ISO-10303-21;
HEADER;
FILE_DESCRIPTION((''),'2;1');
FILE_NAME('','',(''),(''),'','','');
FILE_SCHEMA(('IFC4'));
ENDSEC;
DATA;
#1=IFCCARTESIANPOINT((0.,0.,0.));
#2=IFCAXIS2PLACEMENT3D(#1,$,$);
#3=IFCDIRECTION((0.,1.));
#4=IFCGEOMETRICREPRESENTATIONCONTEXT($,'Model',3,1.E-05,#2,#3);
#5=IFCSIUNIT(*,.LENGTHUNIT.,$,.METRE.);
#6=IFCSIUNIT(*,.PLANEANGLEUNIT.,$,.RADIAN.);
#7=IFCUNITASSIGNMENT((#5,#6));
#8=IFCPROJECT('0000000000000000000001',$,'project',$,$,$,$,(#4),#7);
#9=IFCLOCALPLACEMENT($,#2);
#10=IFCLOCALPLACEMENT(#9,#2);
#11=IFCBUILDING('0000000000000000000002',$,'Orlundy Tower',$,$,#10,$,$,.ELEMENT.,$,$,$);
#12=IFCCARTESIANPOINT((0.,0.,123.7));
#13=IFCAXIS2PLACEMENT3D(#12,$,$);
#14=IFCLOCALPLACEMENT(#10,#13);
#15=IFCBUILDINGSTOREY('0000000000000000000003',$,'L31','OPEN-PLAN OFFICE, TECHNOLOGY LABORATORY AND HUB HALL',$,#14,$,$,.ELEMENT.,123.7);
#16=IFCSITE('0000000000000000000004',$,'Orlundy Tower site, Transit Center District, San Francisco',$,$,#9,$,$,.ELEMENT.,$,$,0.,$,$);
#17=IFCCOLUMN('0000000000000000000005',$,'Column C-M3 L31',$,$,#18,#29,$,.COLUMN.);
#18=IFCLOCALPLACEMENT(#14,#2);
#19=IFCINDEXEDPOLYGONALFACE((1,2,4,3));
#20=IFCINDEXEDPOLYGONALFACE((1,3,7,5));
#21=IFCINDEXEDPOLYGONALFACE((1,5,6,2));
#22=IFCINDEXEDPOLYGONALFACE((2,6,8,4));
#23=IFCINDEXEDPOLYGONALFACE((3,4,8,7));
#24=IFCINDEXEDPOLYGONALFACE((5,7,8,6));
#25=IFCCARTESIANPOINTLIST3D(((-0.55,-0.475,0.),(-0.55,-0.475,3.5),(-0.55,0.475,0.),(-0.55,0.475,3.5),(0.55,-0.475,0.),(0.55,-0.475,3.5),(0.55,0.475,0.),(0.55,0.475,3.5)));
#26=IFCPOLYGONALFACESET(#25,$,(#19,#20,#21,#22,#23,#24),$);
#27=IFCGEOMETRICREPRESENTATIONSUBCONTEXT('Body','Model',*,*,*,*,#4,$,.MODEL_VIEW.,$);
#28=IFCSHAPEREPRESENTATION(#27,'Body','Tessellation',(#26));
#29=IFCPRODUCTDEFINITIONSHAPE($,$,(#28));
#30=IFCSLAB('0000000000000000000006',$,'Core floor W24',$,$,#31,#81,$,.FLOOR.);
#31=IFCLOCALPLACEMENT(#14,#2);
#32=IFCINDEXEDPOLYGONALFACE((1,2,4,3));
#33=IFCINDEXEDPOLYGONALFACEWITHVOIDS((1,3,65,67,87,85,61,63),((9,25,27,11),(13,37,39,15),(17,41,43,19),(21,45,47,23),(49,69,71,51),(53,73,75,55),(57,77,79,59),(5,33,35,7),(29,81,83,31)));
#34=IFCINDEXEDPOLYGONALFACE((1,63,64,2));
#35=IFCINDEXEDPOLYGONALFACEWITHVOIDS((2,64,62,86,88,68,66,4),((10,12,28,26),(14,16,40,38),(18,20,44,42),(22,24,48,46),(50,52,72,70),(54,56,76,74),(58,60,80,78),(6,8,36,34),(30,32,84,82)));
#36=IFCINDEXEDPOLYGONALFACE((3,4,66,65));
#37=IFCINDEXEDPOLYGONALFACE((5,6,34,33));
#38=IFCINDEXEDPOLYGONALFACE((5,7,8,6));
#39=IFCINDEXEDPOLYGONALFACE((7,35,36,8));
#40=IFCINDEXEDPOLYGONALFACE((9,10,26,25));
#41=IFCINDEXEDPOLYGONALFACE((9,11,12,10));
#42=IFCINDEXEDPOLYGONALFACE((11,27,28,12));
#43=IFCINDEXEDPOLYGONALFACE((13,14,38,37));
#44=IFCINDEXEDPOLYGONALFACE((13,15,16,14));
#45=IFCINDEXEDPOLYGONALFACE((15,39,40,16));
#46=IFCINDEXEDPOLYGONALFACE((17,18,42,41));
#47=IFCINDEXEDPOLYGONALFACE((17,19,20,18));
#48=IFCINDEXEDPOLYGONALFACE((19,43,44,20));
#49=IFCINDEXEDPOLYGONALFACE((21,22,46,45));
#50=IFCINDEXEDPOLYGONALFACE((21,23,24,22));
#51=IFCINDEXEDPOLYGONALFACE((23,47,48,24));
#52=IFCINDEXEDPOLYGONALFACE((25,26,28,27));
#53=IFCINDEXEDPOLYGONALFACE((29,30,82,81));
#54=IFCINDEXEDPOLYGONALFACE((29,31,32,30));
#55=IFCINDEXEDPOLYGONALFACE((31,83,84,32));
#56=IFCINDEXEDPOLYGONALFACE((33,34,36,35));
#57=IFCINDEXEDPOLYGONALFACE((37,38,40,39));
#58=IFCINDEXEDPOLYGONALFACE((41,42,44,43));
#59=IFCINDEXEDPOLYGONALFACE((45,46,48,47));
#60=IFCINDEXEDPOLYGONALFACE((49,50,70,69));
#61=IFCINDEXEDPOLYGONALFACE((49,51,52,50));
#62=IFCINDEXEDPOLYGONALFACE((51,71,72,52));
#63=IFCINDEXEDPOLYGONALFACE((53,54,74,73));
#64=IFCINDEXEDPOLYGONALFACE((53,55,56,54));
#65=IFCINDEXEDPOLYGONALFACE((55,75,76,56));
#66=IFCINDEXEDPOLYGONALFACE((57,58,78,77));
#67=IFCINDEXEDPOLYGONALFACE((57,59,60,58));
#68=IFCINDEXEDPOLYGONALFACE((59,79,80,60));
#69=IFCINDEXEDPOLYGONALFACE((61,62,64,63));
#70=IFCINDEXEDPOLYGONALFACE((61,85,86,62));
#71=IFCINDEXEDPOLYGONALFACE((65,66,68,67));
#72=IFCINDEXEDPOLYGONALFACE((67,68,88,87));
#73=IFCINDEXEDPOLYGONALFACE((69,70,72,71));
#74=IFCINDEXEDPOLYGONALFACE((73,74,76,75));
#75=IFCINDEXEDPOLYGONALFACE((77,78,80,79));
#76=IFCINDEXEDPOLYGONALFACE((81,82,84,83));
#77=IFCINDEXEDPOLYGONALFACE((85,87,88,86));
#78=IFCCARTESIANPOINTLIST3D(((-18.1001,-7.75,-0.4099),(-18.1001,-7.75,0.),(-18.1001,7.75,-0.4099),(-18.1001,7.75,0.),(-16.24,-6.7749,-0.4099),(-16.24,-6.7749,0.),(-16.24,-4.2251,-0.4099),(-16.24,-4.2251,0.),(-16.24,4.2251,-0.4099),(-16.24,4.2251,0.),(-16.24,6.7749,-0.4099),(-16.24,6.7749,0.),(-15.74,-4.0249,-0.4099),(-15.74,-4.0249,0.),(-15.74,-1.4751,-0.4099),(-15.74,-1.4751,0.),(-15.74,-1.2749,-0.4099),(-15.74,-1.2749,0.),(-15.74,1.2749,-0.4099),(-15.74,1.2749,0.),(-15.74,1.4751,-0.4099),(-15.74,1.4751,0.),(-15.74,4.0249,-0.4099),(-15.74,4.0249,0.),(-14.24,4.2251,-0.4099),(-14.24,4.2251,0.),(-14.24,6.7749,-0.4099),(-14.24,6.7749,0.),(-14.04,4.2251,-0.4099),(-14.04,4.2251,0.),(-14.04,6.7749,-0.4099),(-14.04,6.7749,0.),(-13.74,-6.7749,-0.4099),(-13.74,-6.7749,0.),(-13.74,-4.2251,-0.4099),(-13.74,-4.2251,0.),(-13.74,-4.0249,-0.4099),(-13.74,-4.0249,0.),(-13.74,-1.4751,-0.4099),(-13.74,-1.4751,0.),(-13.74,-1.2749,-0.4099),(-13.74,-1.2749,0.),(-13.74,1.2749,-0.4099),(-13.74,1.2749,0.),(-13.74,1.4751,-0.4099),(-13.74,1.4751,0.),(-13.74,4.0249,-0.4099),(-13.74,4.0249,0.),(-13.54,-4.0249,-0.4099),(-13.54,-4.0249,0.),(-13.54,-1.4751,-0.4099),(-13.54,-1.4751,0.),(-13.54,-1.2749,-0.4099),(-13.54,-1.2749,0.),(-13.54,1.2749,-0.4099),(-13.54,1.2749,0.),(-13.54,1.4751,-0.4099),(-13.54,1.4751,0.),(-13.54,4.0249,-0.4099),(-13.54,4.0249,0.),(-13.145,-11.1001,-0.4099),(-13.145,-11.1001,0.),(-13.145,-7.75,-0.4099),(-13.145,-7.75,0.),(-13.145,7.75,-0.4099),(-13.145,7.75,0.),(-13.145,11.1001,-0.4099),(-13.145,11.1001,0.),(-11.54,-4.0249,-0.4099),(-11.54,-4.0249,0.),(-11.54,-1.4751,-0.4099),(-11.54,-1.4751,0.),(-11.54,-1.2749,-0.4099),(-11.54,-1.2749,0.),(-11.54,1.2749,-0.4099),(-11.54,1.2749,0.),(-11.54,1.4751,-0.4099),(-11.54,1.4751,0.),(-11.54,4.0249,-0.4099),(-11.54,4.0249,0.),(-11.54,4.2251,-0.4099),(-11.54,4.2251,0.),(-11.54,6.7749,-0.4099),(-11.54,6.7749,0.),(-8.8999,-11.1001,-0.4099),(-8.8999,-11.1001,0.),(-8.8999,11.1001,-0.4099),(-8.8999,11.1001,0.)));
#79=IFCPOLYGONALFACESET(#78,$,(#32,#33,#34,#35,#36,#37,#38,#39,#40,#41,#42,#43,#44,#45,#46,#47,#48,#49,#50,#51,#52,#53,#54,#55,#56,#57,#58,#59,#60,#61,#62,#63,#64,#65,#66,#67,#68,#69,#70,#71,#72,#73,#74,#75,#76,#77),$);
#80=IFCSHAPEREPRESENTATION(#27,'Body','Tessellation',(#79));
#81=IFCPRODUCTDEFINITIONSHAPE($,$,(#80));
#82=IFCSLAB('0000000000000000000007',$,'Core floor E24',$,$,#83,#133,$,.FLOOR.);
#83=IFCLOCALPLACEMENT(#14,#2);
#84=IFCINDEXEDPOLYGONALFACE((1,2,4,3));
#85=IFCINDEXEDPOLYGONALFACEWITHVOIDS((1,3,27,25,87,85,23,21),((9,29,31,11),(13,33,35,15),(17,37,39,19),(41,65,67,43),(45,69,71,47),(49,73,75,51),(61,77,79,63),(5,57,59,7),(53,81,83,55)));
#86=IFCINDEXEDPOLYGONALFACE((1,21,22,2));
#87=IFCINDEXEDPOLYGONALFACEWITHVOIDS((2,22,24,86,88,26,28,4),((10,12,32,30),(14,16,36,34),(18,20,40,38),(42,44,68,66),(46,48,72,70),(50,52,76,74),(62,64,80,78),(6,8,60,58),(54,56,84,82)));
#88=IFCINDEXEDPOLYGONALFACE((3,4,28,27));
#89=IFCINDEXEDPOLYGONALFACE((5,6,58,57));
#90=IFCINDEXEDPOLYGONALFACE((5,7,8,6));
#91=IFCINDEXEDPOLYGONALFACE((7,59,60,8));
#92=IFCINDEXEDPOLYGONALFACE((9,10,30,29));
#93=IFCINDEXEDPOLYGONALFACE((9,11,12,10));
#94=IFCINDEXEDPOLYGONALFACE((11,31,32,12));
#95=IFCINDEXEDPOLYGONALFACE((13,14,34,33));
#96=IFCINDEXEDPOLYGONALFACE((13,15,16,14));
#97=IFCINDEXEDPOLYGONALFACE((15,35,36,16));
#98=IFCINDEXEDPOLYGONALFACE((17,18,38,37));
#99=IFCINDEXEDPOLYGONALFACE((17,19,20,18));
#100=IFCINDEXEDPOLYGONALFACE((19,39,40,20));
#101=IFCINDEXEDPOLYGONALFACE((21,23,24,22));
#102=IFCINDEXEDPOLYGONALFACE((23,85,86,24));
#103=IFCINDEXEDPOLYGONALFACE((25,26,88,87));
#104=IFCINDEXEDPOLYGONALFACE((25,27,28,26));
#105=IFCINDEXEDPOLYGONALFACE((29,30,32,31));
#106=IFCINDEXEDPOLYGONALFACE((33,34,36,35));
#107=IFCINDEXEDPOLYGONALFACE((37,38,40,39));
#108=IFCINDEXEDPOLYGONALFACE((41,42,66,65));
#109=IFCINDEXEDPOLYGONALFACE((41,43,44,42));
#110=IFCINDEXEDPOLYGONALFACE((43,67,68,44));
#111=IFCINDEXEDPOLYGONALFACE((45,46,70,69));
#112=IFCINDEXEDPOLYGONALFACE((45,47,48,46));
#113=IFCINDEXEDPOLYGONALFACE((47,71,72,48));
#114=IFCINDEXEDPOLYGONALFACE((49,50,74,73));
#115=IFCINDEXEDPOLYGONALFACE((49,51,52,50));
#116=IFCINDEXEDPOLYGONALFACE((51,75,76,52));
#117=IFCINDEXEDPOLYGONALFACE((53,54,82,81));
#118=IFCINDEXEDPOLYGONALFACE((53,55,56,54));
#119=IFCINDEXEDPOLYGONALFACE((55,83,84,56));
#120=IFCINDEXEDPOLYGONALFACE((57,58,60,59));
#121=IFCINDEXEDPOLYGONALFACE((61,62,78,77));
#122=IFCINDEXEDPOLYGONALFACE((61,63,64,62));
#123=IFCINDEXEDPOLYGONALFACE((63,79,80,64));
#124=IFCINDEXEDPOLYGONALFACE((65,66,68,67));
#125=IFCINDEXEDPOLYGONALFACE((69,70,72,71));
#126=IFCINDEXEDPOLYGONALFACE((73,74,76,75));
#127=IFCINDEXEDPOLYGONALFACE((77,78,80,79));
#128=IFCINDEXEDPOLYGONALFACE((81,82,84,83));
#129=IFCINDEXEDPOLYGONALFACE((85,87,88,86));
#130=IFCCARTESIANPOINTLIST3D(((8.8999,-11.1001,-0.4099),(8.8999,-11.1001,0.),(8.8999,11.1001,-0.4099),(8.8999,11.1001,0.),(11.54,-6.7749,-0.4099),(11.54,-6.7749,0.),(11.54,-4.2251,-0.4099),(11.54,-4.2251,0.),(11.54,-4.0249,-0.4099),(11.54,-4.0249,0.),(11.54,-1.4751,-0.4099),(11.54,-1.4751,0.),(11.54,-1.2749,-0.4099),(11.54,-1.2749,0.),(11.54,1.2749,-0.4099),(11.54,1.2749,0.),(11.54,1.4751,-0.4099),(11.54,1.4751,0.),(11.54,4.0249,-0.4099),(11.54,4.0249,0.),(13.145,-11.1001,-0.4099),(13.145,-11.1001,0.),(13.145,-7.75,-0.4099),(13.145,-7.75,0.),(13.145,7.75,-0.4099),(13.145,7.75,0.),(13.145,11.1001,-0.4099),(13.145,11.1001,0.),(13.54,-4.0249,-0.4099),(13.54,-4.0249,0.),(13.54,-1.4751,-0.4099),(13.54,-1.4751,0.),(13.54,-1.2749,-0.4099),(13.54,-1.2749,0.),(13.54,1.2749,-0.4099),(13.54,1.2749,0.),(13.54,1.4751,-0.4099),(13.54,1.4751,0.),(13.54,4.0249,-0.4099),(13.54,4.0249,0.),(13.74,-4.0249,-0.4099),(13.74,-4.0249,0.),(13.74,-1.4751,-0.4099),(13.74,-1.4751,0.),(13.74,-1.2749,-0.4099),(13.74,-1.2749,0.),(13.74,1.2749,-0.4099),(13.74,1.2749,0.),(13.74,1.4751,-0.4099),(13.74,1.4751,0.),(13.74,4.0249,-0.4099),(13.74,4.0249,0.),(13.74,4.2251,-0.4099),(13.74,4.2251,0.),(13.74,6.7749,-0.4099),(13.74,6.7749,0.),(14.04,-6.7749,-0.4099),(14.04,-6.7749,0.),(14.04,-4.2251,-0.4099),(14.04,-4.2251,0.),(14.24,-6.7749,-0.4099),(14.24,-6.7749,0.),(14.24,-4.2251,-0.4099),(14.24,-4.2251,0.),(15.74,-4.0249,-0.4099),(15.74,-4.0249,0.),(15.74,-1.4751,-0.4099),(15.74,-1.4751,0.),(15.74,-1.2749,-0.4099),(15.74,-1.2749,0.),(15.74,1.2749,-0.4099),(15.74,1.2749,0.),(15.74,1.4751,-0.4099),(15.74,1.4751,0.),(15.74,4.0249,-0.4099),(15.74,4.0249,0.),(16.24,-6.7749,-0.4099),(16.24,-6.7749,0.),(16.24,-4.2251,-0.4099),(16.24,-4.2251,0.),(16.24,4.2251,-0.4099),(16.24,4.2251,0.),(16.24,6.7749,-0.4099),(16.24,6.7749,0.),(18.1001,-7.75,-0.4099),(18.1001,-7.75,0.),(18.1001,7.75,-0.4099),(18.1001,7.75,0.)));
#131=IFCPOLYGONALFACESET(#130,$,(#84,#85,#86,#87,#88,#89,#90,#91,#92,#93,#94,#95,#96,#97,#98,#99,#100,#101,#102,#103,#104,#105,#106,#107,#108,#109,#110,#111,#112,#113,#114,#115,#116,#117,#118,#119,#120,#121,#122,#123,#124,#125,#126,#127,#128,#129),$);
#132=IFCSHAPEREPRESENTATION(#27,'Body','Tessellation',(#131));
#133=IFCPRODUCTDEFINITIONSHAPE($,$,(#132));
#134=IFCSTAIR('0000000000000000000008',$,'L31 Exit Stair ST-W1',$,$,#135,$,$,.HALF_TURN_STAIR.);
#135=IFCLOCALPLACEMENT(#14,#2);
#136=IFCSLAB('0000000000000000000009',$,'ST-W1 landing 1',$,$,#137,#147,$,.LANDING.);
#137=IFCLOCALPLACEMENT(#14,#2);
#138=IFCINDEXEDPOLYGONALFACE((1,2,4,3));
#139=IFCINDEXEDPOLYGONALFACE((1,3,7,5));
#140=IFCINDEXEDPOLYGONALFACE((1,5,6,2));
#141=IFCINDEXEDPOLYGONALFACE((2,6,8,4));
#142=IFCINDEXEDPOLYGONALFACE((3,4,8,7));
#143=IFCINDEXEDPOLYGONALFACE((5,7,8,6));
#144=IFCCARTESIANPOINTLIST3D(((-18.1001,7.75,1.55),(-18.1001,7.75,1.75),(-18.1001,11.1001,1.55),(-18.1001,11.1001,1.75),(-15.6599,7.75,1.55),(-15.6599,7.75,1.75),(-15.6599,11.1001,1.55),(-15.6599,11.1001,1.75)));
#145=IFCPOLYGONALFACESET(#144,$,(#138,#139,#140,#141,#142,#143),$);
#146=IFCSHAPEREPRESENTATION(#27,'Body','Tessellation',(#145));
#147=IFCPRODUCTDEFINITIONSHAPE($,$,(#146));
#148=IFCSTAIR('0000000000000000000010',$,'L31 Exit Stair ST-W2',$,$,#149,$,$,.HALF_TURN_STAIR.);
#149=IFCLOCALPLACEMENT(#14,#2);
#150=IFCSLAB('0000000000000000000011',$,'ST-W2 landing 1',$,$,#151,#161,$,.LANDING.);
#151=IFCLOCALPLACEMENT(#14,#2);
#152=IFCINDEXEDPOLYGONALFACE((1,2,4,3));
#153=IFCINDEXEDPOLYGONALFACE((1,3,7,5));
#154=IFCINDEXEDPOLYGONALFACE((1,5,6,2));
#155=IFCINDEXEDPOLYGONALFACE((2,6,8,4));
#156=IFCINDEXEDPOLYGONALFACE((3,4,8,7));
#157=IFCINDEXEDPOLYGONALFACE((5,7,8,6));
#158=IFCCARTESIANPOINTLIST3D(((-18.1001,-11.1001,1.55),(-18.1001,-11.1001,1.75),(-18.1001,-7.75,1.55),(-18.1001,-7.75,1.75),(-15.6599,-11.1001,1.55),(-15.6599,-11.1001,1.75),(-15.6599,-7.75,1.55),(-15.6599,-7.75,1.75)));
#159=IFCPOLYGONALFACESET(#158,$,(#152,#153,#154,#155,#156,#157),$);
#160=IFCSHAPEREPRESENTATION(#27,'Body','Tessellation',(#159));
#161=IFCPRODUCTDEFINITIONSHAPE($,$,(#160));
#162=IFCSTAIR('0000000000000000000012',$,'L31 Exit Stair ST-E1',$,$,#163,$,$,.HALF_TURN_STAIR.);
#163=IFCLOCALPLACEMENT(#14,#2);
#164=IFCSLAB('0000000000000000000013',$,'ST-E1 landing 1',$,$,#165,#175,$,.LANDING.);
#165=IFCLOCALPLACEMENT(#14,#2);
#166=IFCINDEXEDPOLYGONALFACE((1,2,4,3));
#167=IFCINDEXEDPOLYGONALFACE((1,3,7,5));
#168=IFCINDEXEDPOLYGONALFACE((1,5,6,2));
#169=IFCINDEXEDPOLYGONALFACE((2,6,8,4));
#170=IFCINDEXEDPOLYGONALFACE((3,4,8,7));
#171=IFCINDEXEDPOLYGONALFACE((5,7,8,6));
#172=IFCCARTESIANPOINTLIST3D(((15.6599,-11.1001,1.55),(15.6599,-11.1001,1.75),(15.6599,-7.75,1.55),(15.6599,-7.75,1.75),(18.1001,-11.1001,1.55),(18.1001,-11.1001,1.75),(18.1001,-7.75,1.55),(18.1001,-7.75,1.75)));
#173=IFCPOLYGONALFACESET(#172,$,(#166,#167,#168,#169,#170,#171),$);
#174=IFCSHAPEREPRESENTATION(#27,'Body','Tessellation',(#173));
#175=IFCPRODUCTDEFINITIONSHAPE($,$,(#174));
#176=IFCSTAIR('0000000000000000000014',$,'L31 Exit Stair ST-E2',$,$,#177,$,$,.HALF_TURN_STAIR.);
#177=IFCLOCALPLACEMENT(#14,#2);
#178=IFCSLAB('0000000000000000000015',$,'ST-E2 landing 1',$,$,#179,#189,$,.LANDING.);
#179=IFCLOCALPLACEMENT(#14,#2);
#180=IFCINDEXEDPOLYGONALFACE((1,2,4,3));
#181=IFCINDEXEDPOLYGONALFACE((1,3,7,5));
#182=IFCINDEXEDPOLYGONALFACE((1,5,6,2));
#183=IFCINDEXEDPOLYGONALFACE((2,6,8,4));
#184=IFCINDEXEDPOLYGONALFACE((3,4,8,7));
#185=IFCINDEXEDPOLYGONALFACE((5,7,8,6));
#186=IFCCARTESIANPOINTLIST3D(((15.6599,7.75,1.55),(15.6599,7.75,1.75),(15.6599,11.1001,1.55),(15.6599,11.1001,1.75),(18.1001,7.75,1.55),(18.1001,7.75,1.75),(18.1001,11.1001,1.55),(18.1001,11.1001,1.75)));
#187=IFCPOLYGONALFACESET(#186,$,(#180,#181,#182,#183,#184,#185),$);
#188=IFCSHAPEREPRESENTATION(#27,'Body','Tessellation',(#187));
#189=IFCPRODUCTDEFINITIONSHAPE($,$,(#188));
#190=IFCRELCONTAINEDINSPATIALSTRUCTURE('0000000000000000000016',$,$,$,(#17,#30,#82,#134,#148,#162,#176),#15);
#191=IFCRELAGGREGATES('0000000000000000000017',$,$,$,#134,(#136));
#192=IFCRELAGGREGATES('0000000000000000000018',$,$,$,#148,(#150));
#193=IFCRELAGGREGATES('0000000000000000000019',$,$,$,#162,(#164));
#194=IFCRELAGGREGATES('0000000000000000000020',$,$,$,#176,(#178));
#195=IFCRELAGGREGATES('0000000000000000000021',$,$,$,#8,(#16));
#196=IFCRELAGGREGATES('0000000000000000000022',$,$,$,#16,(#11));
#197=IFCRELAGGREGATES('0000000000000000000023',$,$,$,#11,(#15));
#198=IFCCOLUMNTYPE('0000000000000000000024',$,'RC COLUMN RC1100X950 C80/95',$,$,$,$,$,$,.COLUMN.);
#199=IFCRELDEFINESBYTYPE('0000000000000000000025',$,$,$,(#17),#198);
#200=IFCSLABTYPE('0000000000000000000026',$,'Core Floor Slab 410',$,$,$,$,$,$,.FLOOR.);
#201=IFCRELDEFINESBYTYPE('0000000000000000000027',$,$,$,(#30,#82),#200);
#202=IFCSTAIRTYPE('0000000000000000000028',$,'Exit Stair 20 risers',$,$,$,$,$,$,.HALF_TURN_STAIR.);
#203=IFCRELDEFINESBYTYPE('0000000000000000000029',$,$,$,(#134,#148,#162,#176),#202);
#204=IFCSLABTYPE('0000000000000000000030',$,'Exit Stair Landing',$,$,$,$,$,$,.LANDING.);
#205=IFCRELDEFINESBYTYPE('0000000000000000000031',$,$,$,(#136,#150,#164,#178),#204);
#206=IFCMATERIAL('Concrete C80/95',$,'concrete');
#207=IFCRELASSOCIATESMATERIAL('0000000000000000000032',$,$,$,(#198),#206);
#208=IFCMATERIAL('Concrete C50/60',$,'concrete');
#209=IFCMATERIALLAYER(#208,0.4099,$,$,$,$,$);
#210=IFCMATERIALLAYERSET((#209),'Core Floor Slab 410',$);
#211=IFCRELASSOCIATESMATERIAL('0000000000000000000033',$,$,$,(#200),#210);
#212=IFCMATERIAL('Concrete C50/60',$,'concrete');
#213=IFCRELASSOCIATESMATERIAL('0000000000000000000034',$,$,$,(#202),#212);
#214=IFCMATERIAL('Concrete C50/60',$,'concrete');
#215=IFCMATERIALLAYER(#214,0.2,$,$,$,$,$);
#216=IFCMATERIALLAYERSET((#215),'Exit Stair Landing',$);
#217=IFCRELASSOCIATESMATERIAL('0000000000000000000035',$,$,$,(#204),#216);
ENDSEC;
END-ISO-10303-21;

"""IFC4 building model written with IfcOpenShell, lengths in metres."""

from ifc_helpers import new_model, si_unit, direction, frame, origin, origin_with_axes, origin_2d, place, context, subcontext, project, spatial, polyline, rectangle, outline, extrude, material, layer, layer_set, material_profile, profile_set, type_object, element, aggregate, save


model = new_model("IFC4")

# Units and contexts
model_context = context("Model", 3, precision=1e-05, world=origin(), true_north=direction((0.0, 1.0)))
body_context = subcontext(model_context, "Body", "Model", "MODEL_VIEW")
ifc_project = project(units=[si_unit("LENGTHUNIT", "METRE"), si_unit("PLANEANGLEUNIT", "RADIAN")], contexts=[model_context])

# Site, building, storey
site_placement = place(None, origin())
site = spatial("IfcSite", under=ifc_project, at=site_placement, Name="Orlundy Tower site, Transit Center District, San Francisco", CompositionType="ELEMENT", RefElevation=0.0)
building_placement = place(site_placement, origin())
building = spatial("IfcBuilding", under=site, at=building_placement, Name="Orlundy Tower", CompositionType="ELEMENT")
storey_placement = place(building_placement, frame((0.0, 0.0, 123.7)))
storey = spatial("IfcBuildingStorey", under=building, at=storey_placement, Name="L31", Description="OPEN-PLAN OFFICE, TECHNOLOGY LABORATORY AND HUB HALL", CompositionType="ELEMENT", Elevation=123.7)

# Column
ifc_material_1 = material(Name="Concrete C80/95", Category="concrete")
ifc_material_profile = material_profile(ifc_material_1, rectangle(XDim=1.1001, YDim=0.95, at=origin_2d()), Name="RC1100X950")
ifc_profile_set = profile_set([ifc_material_profile], Name="Concrete C80/95")
column_type = type_object("IfcColumnType", Name="RC COLUMN RC1100X950 C80/95", PredefinedType="COLUMN", material=ifc_profile_set)
column_placement = place(storey_placement, origin_with_axes())
element("IfcColumn", 1, at=column_placement, inside=storey, type_object=column_type, Name="Column C-M3 L31", PredefinedType="COLUMN", context=body_context, shape_type="SweptSolid", body=[
    extrude(rectangle(XDim=1.1001, YDim=0.95, at=origin_2d()), origin(), (0.0, 0.0, 1.0), 3.5),
])

# Slabs
ifc_material_2 = material(Name="Concrete C50/60", Category="concrete")
ifc_layer_1 = layer(ifc_material_2, 0.4099)
ifc_layer_set_1 = layer_set([ifc_layer_1], Name="Core Floor Slab 410")
slab_type_1 = type_object("IfcSlabType", Name="Core Floor Slab 410", PredefinedType="FLOOR", material=ifc_layer_set_1)
slab_1_placement = place(storey_placement, frame((0.0, 0.0, -0.4099)))
element("IfcSlab", 2, at=slab_1_placement, inside=storey, type_object=slab_type_1, Name="Core floor W24", PredefinedType="FLOOR", context=body_context, shape_type="SweptSolid", body=[
    extrude(outline(polyline([(-13.145, 7.75), (-13.145, 11.1001), (-8.8999, 11.1001), (-8.8999, -11.1001), (-13.145, -11.1001), (-13.145, -7.75), (-18.1001, -7.75), (-18.1001, 7.75), (-13.145, 7.75)]), holes=[polyline([(-16.24, -6.7749), (-13.74, -6.7749), (-13.74, -4.2251), (-16.24, -4.2251), (-16.24, -6.7749)]), polyline([(-13.54, -1.4751), (-13.54, -4.0249), (-11.54, -4.0249), (-11.54, -1.4751), (-13.54, -1.4751)]), polyline([(-13.74, -1.4751), (-15.74, -1.4751), (-15.74, -4.0249), (-13.74, -4.0249), (-13.74, -1.4751)]), polyline([(-11.54, -1.2749), (-11.54, 1.2749), (-13.54, 1.2749), (-13.54, -1.2749), (-11.54, -1.2749)]), polyline([(-15.74, -1.2749), (-13.74, -1.2749), (-13.74, 1.2749), (-15.74, 1.2749), (-15.74, -1.2749)]), polyline([(-13.54, 4.0249), (-13.54, 1.4751), (-11.54, 1.4751), (-11.54, 4.0249), (-13.54, 4.0249)]), polyline([(-13.74, 4.0249), (-15.74, 4.0249), (-15.74, 1.4751), (-13.74, 1.4751), (-13.74, 4.0249)]), polyline([(-11.54, 4.2251), (-11.54, 6.7749), (-14.04, 6.7749), (-14.04, 4.2251), (-11.54, 4.2251)]), polyline([(-16.24, 4.2251), (-14.24, 4.2251), (-14.24, 6.7749), (-16.24, 6.7749), (-16.24, 4.2251)])]), origin(), (0.0, 0.0, 1.0), 0.4099),
])
slab_2_placement = place(storey_placement, frame((0.0, 0.0, -0.4099)))
element("IfcSlab", 3, at=slab_2_placement, inside=storey, type_object=slab_type_1, Name="Core floor E24", PredefinedType="FLOOR", context=body_context, shape_type="SweptSolid", body=[
    extrude(outline(polyline([(13.145, -7.75), (13.145, -11.1001), (8.8999, -11.1001), (8.8999, 11.1001), (13.145, 11.1001), (13.145, 7.75), (18.1001, 7.75), (18.1001, -7.75), (13.145, -7.75)]), holes=[polyline([(16.24, 6.7749), (13.74, 6.7749), (13.74, 4.2251), (16.24, 4.2251), (16.24, 6.7749)]), polyline([(13.54, 1.4751), (13.54, 4.0249), (11.54, 4.0249), (11.54, 1.4751), (13.54, 1.4751)]), polyline([(13.74, 1.4751), (15.74, 1.4751), (15.74, 4.0249), (13.74, 4.0249), (13.74, 1.4751)]), polyline([(11.54, 1.2749), (11.54, -1.2749), (13.54, -1.2749), (13.54, 1.2749), (11.54, 1.2749)]), polyline([(15.74, 1.2749), (13.74, 1.2749), (13.74, -1.2749), (15.74, -1.2749), (15.74, 1.2749)]), polyline([(13.54, -4.0249), (13.54, -1.4751), (11.54, -1.4751), (11.54, -4.0249), (13.54, -4.0249)]), polyline([(13.74, -4.0249), (15.74, -4.0249), (15.74, -1.4751), (13.74, -1.4751), (13.74, -4.0249)]), polyline([(11.54, -4.2251), (11.54, -6.7749), (14.04, -6.7749), (14.04, -4.2251), (11.54, -4.2251)]), polyline([(16.24, -4.2251), (14.24, -4.2251), (14.24, -6.7749), (16.24, -6.7749), (16.24, -4.2251)])]), origin(), (0.0, 0.0, 1.0), 0.4099),
])

# Stairs, slabs
ifc_material_3 = material(Name="Concrete C50/60", Category="concrete")
stair_type = type_object("IfcStairType", Name="Exit Stair 20 risers", PredefinedType="HALF_TURN_STAIR", material=ifc_material_3)
stair_1_placement = place(storey_placement, origin())
stair_1 = element("IfcStair", 4, at=stair_1_placement, inside=storey, type_object=stair_type, Name="L31 Exit Stair ST-W1", PredefinedType="HALF_TURN_STAIR")
ifc_material_4 = material(Name="Concrete C50/60", Category="concrete")
ifc_layer_2 = layer(ifc_material_4, 0.2)
ifc_layer_set_2 = layer_set([ifc_layer_2], Name="Exit Stair Landing")
slab_type_2 = type_object("IfcSlabType", Name="Exit Stair Landing", PredefinedType="LANDING", material=ifc_layer_set_2)
slab_3_placement = place(storey_placement, frame((0.0, 0.0, 1.55)))
slab_3 = element("IfcSlab", 5, at=slab_3_placement, type_object=slab_type_2, Name="ST-W1 landing 1", PredefinedType="LANDING", context=body_context, shape_type="SweptSolid", body=[
    extrude(outline(polyline([(-15.6599, 11.1001), (-18.1001, 11.1001), (-18.1001, 7.75), (-15.6599, 7.75), (-15.6599, 11.1001)])), origin(), (0.0, 0.0, 1.0), 0.2),
])
aggregate(stair_1, [slab_3])
stair_2_placement = place(storey_placement, origin())
stair_2 = element("IfcStair", 6, at=stair_2_placement, inside=storey, type_object=stair_type, Name="L31 Exit Stair ST-W2", PredefinedType="HALF_TURN_STAIR")
slab_4_placement = place(storey_placement, frame((0.0, 0.0, 1.55)))
slab_4 = element("IfcSlab", 7, at=slab_4_placement, type_object=slab_type_2, Name="ST-W2 landing 1", PredefinedType="LANDING", context=body_context, shape_type="SweptSolid", body=[
    extrude(outline(polyline([(-15.6599, -7.75), (-18.1001, -7.75), (-18.1001, -11.1001), (-15.6599, -11.1001), (-15.6599, -7.75)])), origin(), (0.0, 0.0, 1.0), 0.2),
])
aggregate(stair_2, [slab_4])
stair_3_placement = place(storey_placement, origin())
stair_3 = element("IfcStair", 8, at=stair_3_placement, inside=storey, type_object=stair_type, Name="L31 Exit Stair ST-E1", PredefinedType="HALF_TURN_STAIR")
slab_5_placement = place(storey_placement, frame((0.0, 0.0, 1.55)))
slab_5 = element("IfcSlab", 9, at=slab_5_placement, type_object=slab_type_2, Name="ST-E1 landing 1", PredefinedType="LANDING", context=body_context, shape_type="SweptSolid", body=[
    extrude(outline(polyline([(15.6599, -11.1001), (18.1001, -11.1001), (18.1001, -7.75), (15.6599, -7.75), (15.6599, -11.1001)])), origin(), (0.0, 0.0, 1.0), 0.2),
])
aggregate(stair_3, [slab_5])
stair_4_placement = place(storey_placement, origin())
stair_4 = element("IfcStair", 10, at=stair_4_placement, inside=storey, type_object=stair_type, Name="L31 Exit Stair ST-E2", PredefinedType="HALF_TURN_STAIR")
slab_6_placement = place(storey_placement, frame((0.0, 0.0, 1.55)))
slab_6 = element("IfcSlab", 11, at=slab_6_placement, type_object=slab_type_2, Name="ST-E2 landing 1", PredefinedType="LANDING", context=body_context, shape_type="SweptSolid", body=[
    extrude(outline(polyline([(15.6599, 7.75), (18.1001, 7.75), (18.1001, 11.1001), (15.6599, 11.1001), (15.6599, 7.75)])), origin(), (0.0, 0.0, 1.0), 0.2),
])
aggregate(stair_4, [slab_6])

save(model, "model.ifc")
